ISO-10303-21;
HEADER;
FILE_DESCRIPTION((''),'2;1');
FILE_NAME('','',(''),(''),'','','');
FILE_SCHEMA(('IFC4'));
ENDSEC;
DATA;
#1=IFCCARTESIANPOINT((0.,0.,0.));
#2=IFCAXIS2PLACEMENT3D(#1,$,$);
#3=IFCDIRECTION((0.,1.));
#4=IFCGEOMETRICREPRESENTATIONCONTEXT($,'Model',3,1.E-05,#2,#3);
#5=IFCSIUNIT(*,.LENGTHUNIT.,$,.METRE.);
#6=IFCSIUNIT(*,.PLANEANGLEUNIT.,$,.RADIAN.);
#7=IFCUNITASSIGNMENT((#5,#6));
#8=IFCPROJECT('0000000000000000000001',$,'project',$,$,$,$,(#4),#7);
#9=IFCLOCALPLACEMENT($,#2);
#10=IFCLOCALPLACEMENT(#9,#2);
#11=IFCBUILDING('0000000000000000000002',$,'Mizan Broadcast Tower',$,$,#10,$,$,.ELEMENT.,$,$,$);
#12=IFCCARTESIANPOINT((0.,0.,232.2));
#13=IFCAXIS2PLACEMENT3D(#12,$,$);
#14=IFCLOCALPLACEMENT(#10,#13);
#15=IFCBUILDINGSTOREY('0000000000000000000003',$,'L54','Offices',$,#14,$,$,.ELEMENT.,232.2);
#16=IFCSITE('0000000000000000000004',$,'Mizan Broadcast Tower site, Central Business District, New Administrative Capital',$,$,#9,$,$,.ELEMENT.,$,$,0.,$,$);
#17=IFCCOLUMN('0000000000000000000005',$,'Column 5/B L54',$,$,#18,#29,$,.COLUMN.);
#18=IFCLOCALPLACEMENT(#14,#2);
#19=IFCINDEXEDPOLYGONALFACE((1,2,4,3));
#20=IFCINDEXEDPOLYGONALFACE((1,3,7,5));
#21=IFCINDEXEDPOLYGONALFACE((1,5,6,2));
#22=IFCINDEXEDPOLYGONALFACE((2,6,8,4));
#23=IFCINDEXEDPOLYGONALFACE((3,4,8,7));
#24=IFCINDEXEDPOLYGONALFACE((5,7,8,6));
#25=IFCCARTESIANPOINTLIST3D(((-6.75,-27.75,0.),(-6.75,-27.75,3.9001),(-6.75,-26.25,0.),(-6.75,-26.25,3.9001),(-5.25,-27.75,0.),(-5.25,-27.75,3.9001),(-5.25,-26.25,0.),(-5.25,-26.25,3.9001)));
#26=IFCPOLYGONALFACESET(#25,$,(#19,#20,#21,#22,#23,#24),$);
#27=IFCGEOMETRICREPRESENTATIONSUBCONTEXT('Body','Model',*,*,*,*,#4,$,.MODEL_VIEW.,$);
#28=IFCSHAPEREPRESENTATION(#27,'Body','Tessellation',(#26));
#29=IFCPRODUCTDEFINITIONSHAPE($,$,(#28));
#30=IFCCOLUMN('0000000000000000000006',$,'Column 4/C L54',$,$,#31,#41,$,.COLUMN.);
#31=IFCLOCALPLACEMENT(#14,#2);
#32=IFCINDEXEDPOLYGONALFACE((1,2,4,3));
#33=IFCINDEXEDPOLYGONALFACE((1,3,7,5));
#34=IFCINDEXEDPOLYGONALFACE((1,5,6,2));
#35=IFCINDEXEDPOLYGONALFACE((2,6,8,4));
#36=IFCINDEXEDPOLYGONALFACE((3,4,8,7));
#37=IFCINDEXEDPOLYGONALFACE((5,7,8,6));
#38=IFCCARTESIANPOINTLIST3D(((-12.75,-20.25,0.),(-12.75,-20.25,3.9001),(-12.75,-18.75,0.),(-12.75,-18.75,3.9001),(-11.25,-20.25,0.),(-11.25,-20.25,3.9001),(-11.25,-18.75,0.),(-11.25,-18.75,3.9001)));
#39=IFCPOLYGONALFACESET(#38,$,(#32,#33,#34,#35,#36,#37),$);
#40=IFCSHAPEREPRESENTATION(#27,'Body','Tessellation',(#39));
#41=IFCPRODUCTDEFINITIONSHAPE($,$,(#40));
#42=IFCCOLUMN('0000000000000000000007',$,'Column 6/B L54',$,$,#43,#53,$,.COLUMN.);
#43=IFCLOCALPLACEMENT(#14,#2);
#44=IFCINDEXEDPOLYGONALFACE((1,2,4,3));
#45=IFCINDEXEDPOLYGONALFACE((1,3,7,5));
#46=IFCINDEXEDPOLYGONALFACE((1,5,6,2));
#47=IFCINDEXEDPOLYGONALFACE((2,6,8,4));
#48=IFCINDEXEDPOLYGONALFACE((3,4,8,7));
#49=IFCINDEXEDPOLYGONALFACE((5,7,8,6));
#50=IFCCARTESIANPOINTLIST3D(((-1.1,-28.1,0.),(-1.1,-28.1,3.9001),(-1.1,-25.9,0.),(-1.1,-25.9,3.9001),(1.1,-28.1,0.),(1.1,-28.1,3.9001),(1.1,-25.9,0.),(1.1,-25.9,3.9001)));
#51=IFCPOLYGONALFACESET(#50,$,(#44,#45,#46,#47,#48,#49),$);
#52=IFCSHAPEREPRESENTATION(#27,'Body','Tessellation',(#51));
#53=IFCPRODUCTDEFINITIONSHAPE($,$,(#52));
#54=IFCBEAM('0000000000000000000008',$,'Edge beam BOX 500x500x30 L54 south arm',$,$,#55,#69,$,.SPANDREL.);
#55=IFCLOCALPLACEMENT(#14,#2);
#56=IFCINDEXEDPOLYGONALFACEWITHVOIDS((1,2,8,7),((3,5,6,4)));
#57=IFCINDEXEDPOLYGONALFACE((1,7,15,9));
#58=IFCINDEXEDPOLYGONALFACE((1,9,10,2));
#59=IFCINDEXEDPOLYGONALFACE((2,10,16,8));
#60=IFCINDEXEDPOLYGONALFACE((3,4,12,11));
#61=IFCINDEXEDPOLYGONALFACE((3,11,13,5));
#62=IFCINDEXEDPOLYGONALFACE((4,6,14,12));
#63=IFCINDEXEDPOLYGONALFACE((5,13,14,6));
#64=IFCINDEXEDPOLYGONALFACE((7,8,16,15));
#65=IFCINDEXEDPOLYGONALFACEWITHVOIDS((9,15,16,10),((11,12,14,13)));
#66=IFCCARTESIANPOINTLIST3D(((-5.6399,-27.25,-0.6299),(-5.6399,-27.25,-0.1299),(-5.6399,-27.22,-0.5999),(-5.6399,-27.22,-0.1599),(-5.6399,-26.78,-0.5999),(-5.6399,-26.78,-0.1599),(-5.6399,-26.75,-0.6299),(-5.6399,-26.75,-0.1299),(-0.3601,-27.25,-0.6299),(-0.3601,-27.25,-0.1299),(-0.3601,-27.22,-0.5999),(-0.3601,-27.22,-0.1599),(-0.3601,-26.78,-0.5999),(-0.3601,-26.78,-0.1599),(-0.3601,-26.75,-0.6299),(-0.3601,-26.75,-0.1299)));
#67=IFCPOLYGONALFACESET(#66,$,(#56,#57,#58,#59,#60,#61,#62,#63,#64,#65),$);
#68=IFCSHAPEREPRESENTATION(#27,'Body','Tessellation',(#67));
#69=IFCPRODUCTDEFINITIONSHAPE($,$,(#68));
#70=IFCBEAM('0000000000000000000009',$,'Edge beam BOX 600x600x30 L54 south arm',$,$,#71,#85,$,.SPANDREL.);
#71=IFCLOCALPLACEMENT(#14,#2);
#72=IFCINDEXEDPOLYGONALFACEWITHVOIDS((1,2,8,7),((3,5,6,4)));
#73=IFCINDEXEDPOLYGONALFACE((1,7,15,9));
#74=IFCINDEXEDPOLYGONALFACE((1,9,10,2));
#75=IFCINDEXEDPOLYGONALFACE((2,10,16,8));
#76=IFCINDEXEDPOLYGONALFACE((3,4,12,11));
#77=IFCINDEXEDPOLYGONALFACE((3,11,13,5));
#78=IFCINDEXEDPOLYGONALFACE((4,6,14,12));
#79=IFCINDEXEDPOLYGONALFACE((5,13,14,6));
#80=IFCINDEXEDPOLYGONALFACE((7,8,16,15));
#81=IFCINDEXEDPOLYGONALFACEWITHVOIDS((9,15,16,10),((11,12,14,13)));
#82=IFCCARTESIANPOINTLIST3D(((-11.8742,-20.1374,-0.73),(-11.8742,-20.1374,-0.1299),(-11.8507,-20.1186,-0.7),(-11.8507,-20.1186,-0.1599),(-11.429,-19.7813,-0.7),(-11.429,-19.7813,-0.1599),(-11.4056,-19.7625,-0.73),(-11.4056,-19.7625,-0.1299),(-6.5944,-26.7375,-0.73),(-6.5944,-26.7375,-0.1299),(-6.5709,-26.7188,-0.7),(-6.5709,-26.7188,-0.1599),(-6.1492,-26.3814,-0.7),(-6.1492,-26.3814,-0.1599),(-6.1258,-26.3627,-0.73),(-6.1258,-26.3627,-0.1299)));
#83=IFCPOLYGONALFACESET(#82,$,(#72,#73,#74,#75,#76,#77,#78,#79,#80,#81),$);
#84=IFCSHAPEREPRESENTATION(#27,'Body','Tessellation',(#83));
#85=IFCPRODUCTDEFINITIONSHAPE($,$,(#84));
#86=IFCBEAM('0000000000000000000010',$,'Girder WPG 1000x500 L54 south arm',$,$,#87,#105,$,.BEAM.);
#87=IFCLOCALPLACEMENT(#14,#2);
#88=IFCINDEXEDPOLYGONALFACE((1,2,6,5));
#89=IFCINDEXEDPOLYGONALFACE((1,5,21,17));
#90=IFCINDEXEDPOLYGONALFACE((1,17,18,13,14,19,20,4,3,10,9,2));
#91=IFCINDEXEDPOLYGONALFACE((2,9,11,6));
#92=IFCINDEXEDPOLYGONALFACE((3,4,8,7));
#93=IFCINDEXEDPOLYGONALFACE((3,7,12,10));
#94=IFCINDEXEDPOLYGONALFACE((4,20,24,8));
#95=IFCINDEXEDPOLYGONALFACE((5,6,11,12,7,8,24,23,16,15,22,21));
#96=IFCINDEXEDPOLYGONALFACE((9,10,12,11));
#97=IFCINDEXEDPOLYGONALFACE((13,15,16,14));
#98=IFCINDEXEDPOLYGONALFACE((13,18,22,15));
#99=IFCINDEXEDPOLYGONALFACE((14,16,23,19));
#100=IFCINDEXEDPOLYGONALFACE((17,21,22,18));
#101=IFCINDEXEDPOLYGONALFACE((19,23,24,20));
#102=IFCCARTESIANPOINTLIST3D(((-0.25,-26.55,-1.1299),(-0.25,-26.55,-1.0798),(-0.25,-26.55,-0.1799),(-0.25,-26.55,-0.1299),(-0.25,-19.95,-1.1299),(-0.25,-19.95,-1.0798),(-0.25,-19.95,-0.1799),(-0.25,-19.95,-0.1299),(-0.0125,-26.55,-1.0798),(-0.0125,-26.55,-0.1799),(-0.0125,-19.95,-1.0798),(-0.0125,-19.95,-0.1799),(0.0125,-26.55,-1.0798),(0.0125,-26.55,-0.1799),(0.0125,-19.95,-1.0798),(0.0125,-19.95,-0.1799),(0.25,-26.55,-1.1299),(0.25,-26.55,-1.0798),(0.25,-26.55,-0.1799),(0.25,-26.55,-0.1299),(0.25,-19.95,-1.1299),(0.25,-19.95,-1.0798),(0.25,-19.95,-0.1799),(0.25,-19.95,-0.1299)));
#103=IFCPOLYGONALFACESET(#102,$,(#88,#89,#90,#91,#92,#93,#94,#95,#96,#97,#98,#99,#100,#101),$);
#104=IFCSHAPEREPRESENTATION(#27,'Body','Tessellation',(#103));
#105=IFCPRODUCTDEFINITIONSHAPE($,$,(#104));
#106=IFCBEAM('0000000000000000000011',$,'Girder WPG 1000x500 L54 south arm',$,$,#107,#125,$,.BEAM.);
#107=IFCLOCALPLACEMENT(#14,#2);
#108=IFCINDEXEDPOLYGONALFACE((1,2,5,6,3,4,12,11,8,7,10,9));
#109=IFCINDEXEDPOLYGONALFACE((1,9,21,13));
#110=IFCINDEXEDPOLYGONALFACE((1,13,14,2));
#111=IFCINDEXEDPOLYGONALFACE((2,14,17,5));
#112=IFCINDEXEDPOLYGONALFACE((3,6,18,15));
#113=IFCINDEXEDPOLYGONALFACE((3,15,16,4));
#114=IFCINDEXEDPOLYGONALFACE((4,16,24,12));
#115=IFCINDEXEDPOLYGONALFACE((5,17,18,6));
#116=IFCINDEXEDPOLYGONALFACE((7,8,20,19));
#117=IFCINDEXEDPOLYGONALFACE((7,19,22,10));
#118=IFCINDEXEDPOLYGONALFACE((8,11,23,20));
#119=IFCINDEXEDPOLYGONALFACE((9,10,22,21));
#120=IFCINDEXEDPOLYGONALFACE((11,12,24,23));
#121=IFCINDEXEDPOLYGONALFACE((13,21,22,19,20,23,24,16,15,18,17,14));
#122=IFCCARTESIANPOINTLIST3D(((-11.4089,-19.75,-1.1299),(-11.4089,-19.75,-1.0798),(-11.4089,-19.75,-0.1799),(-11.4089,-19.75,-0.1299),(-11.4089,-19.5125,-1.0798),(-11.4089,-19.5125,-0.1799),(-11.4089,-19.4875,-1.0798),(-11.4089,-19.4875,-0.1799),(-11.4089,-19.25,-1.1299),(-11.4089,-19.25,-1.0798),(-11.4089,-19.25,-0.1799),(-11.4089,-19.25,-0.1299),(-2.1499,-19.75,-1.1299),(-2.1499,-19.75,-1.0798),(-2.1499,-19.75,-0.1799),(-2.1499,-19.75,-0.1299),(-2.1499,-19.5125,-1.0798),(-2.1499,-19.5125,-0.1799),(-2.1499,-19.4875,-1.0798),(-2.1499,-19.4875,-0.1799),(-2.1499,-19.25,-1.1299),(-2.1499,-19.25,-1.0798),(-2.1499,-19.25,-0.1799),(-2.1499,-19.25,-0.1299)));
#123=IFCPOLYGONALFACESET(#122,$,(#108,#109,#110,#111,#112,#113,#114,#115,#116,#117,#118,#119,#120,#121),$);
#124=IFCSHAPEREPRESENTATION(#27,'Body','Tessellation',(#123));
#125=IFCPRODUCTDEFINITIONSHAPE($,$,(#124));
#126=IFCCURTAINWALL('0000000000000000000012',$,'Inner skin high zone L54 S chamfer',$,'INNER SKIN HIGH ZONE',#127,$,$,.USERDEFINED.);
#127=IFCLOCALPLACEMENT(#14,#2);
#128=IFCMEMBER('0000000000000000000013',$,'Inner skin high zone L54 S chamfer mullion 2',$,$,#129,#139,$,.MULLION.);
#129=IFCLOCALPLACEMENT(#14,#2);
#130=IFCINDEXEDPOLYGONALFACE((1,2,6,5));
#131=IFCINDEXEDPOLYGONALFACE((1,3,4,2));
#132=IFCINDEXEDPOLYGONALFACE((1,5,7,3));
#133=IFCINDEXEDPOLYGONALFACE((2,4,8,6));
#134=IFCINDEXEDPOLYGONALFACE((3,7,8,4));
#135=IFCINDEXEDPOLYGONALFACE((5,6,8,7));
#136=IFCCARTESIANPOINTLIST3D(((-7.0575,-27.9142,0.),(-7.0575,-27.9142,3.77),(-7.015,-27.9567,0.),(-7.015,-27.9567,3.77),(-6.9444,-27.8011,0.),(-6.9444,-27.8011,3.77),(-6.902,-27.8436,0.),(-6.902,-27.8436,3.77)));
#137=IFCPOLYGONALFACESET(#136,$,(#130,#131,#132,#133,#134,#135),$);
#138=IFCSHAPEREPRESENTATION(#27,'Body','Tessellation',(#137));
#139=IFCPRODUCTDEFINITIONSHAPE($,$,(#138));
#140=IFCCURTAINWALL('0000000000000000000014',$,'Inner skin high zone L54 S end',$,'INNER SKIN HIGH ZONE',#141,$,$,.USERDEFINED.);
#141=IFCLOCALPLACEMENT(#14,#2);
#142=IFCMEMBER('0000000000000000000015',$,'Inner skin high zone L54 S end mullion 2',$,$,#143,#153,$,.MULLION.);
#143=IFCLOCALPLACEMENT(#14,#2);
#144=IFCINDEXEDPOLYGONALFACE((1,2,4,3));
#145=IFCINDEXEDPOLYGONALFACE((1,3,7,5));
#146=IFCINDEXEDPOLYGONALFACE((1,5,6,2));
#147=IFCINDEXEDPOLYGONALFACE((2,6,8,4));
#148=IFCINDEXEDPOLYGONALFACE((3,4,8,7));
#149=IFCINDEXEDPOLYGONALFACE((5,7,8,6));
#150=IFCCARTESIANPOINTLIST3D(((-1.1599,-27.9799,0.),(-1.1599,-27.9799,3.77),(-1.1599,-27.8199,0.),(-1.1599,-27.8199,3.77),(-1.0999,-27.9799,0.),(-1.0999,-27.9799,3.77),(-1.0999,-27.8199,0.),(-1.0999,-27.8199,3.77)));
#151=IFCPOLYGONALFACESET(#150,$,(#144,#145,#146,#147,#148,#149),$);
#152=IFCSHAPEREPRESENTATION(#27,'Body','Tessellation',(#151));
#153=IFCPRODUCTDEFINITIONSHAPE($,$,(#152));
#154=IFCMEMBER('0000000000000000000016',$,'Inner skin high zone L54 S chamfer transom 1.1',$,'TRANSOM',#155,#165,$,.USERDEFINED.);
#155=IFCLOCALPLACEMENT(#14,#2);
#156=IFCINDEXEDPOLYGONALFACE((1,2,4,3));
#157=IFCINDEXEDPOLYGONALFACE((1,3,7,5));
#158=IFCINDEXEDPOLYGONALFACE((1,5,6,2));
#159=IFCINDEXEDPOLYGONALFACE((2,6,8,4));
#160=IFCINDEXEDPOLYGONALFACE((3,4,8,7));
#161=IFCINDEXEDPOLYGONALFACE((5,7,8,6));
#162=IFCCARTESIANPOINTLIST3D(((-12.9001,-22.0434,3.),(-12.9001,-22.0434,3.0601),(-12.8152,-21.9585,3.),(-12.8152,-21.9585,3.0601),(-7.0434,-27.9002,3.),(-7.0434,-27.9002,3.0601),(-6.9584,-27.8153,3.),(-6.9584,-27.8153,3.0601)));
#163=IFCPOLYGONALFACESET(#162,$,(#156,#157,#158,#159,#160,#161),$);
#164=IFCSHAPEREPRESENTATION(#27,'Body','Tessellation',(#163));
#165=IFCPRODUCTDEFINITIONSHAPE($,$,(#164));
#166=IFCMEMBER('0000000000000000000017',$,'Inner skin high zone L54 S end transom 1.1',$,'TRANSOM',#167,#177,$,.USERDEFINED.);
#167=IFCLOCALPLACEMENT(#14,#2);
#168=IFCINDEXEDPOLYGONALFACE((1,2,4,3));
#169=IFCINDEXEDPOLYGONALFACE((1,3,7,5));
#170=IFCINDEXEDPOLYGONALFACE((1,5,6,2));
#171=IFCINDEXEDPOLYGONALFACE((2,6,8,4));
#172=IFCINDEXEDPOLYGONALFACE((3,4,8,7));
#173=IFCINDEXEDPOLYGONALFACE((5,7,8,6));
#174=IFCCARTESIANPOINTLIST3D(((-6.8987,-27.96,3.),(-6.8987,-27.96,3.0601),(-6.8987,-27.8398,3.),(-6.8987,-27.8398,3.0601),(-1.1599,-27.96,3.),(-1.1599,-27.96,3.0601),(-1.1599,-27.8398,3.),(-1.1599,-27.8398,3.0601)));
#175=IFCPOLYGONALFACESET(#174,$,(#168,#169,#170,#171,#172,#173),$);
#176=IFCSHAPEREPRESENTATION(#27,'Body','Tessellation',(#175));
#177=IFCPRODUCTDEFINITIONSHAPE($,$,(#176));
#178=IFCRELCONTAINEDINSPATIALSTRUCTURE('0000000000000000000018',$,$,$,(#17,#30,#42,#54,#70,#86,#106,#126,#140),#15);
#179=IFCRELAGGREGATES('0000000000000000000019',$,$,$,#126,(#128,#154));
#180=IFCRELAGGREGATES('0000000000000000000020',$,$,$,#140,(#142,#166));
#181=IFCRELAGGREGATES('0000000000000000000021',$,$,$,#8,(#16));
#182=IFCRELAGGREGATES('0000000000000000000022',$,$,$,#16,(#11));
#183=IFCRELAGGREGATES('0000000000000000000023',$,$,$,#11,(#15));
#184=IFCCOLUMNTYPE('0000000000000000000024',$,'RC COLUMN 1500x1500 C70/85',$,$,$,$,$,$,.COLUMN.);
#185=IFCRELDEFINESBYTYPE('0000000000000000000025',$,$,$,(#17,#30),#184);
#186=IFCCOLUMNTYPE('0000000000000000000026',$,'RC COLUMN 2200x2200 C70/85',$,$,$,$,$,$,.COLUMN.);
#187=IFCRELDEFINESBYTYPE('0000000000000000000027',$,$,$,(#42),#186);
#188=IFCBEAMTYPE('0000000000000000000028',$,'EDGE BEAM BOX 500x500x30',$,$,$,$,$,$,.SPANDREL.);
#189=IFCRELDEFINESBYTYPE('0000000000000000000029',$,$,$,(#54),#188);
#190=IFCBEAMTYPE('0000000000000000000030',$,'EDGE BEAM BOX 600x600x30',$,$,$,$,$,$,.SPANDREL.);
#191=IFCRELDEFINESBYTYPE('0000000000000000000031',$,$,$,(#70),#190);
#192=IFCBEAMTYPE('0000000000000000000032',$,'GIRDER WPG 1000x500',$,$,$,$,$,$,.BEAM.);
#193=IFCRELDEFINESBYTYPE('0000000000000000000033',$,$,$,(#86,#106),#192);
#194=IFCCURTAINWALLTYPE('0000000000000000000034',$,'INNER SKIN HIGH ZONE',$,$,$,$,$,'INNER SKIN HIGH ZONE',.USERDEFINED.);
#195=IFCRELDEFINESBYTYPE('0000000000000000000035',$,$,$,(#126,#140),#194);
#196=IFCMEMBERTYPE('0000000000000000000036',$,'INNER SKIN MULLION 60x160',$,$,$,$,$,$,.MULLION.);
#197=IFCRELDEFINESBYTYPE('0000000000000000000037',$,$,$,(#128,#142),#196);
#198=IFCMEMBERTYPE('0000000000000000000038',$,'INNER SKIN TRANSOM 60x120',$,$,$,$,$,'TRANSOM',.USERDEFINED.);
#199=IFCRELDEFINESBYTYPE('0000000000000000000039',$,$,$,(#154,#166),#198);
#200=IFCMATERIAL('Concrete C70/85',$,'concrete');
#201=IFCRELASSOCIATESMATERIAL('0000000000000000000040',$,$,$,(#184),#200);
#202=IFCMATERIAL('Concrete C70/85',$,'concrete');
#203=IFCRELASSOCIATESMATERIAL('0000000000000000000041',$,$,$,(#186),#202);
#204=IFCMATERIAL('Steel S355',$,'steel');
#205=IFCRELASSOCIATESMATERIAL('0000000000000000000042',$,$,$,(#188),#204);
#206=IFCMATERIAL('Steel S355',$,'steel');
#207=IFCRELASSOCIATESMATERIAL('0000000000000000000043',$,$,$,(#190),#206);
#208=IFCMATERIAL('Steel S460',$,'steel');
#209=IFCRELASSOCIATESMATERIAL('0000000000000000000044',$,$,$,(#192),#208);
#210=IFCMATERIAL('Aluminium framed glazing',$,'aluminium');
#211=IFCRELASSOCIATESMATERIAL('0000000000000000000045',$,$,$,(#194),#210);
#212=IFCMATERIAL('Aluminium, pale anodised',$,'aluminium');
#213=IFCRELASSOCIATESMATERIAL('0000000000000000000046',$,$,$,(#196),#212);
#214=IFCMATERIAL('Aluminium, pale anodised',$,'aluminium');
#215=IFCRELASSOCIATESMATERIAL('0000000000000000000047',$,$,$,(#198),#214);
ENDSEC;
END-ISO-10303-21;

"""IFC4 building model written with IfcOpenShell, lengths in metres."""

from ifc_helpers import new_model, si_unit, direction, frame, origin, origin_2d, place, context, subcontext, project, spatial, rectangle, hollow_rectangle, i_section, extrude, material, material_profile, profile_set, type_object, element, aggregate, save


model = new_model("IFC4")

# Units and contexts
model_context = context("Model", 3, precision=1e-05, world=origin(), true_north=direction((0.0, 1.0)))
body_context = subcontext(model_context, "Body", "Model", "MODEL_VIEW")
ifc_project = project(units=[si_unit("LENGTHUNIT", "METRE"), si_unit("PLANEANGLEUNIT", "RADIAN")], contexts=[model_context])

# Site, building, storey
site_placement = place(None, origin())
site = spatial("IfcSite", under=ifc_project, at=site_placement, Name="Mizan Broadcast Tower site, Central Business District, New Administrative Capital", CompositionType="ELEMENT", RefElevation=0.0)
building_placement = place(site_placement, origin())
building = spatial("IfcBuilding", under=site, at=building_placement, Name="Mizan Broadcast Tower", CompositionType="ELEMENT")
storey_placement = place(building_placement, frame((0.0, 0.0, 232.2)))
storey = spatial("IfcBuildingStorey", under=building, at=storey_placement, Name="L54", Description="Offices", CompositionType="ELEMENT", Elevation=232.2)

# Columns
ifc_material_1 = material(Name="Concrete C70/85", Category="concrete")
ifc_material_profile_1 = material_profile(ifc_material_1, rectangle(XDim=1.5, YDim=1.5, at=origin_2d()), Name="RC 1500x1500")
ifc_profile_set_1 = profile_set([ifc_material_profile_1], Name="Concrete C70/85")
column_type_1 = type_object("IfcColumnType", Name="RC COLUMN 1500x1500 C70/85", PredefinedType="COLUMN", material=ifc_profile_set_1)
for number, where, z_axis, x_axis, name in (
    (1, (-6.0, -27.0, 0.0), (0.0, 0.0, 1.0), (1.0, 0.0, 0.0), "Column 5/B L54"),
    (2, (-12.0, -19.5, 0.0), (0.0, 0.0, 1.0), (1.0, 0.0, 0.0), "Column 4/C L54"),
):
    element("IfcColumn", number, at=place(storey_placement, frame(where, z_axis=z_axis, x_axis=x_axis)), inside=storey, type_object=column_type_1, Name=name, PredefinedType="COLUMN", context=body_context, shape_type="SweptSolid", body=[
        extrude(rectangle(XDim=1.5, YDim=1.5, at=origin_2d()), origin(), (0.0, 0.0, 1.0), 3.9001),
    ])
ifc_material_2 = material(Name="Concrete C70/85", Category="concrete")
ifc_material_profile_2 = material_profile(ifc_material_2, rectangle(XDim=2.2, YDim=2.2, at=origin_2d()), Name="RC 2200x2200")
ifc_profile_set_2 = profile_set([ifc_material_profile_2], Name="Concrete C70/85")
column_type_2 = type_object("IfcColumnType", Name="RC COLUMN 2200x2200 C70/85", PredefinedType="COLUMN", material=ifc_profile_set_2)
column_placement = place(storey_placement, frame((0.0, -27.0, 0.0), z_axis=(0.0, 0.0, 1.0), x_axis=(1.0, 0.0, 0.0)))
element("IfcColumn", 3, at=column_placement, inside=storey, type_object=column_type_2, Name="Column 6/B L54", PredefinedType="COLUMN", context=body_context, shape_type="SweptSolid", body=[
    extrude(rectangle(XDim=2.2, YDim=2.2, at=origin_2d()), origin(), (0.0, 0.0, 1.0), 3.9001),
])

# Beams
ifc_material_3 = material(Name="Steel S355", Category="steel")
ifc_material_profile_3 = material_profile(ifc_material_3, hollow_rectangle(XDim=0.5, YDim=0.5, WallThickness=0.03, at=origin_2d()), Name="BOX 500x500x30")
ifc_profile_set_3 = profile_set([ifc_material_profile_3], Name="Steel S355")
beam_type_1 = type_object("IfcBeamType", Name="EDGE BEAM BOX 500x500x30", PredefinedType="SPANDREL", material=ifc_profile_set_3)
beam_1_placement = place(storey_placement, frame((-5.6399, -27.0, -0.3799), z_axis=(1.0, 0.0, 0.0), x_axis=(0.0, 1.0, 0.0)))
element("IfcBeam", 4, at=beam_1_placement, inside=storey, type_object=beam_type_1, Name="Edge beam BOX 500x500x30 L54 south arm", PredefinedType="SPANDREL", context=body_context, shape_type="SweptSolid", body=[
    extrude(hollow_rectangle(XDim=0.5, YDim=0.5, WallThickness=0.03, at=origin_2d()), origin(), (0.0, 0.0, 1.0), 5.2798),
])
ifc_material_4 = material(Name="Steel S355", Category="steel")
ifc_material_profile_4 = material_profile(ifc_material_4, hollow_rectangle(XDim=0.6001, YDim=0.6001, WallThickness=0.03, at=origin_2d()), Name="BOX 600x600x30")
ifc_profile_set_4 = profile_set([ifc_material_profile_4], Name="Steel S355")
beam_type_2 = type_object("IfcBeamType", Name="EDGE BEAM BOX 600x600x30", PredefinedType="SPANDREL", material=ifc_profile_set_4)
beam_2_placement = place(storey_placement, frame((-11.6399, -19.95, -0.4299), z_axis=(0.624674, -0.780886, 0.0), x_axis=(0.780886, 0.624674, 0.0)))
element("IfcBeam", 5, at=beam_2_placement, inside=storey, type_object=beam_type_2, Name="Edge beam BOX 600x600x30 L54 south arm", PredefinedType="SPANDREL", context=body_context, shape_type="SweptSolid", body=[
    extrude(hollow_rectangle(XDim=0.6001, YDim=0.6001, WallThickness=0.03, at=origin_2d()), origin(), (0.0, 0.0, 1.0), 8.4521),
])
ifc_material_5 = material(Name="Steel S460", Category="steel")
ifc_material_profile_5 = material_profile(ifc_material_5, i_section(OverallWidth=0.5, OverallDepth=1.0, WebThickness=0.0249, FlangeThickness=0.05, at=origin_2d()), Name="WPG 1000x500")
ifc_profile_set_5 = profile_set([ifc_material_profile_5], Name="Steel S460")
beam_type_3 = type_object("IfcBeamType", Name="GIRDER WPG 1000x500", PredefinedType="BEAM", material=ifc_profile_set_5)
beam_3_placement = place(storey_placement, frame((0.0, -19.95, -0.6299), z_axis=(0.0, -1.0, 0.0), x_axis=(1.0, 0.0, 0.0)))
element("IfcBeam", 6, at=beam_3_placement, inside=storey, type_object=beam_type_3, Name="Girder WPG 1000x500 L54 south arm", PredefinedType="BEAM", context=body_context, shape_type="SweptSolid", body=[
    extrude(i_section(OverallWidth=0.5, OverallDepth=1.0, WebThickness=0.0249, FlangeThickness=0.05, at=origin_2d()), origin(), (0.0, 0.0, 1.0), 6.6001),
])
beam_4_placement = place(storey_placement, frame((-11.4089, -19.5, -0.6299), z_axis=(1.0, 0.0, 0.0), x_axis=(0.0, 1.0, 0.0)))
element("IfcBeam", 7, at=beam_4_placement, inside=storey, type_object=beam_type_3, Name="Girder WPG 1000x500 L54 south arm", PredefinedType="BEAM", context=body_context, shape_type="SweptSolid", body=[
    extrude(i_section(OverallWidth=0.5, OverallDepth=1.0, WebThickness=0.0249, FlangeThickness=0.05, at=origin_2d()), origin(), (0.0, 0.0, 1.0), 9.259),
])

# Curtain walls, members
ifc_material_6 = material(Name="Aluminium framed glazing", Category="aluminium")
curtain_wall_type_1 = type_object("IfcCurtainWallType", Name="INNER SKIN HIGH ZONE", ElementType="INNER SKIN HIGH ZONE", PredefinedType="USERDEFINED", material=ifc_material_6)
curtain_wall_1_placement = place(storey_placement, origin())
curtain_wall_1 = element("IfcCurtainWall", 8, at=curtain_wall_1_placement, inside=storey, type_object=curtain_wall_type_1, Name="Inner skin high zone L54 S chamfer", ObjectType="INNER SKIN HIGH ZONE", PredefinedType="USERDEFINED")
ifc_material_7 = material(Name="Aluminium, pale anodised", Category="aluminium")
ifc_material_profile_6 = material_profile(ifc_material_7, rectangle(XDim=0.1599, YDim=0.0601, at=origin_2d()), Name="MULLION 160x60")
ifc_profile_set_6 = profile_set([ifc_material_profile_6], Name="Aluminium, pale anodised")
member_type_1 = type_object("IfcMemberType", Name="INNER SKIN MULLION 60x160", PredefinedType="MULLION", material=ifc_profile_set_6)
member_1_placement = place(storey_placement, frame((-6.9797, -27.8789, 0.0), z_axis=(0.0, 0.0, 1.0), x_axis=(0.707107, 0.707107, 0.0)))
member_1 = element("IfcMember", 9, at=member_1_placement, type_object=member_type_1, Name="Inner skin high zone L54 S chamfer mullion 2", PredefinedType="MULLION", context=body_context, shape_type="SweptSolid", body=[
    extrude(rectangle(XDim=0.1599, YDim=0.0601, at=origin_2d()), origin(), (0.0, 0.0, 1.0), 3.77),
])
curtain_wall_2_placement = place(storey_placement, origin())
curtain_wall_2 = element("IfcCurtainWall", 10, at=curtain_wall_2_placement, inside=storey, type_object=curtain_wall_type_1, Name="Inner skin high zone L54 S end", ObjectType="INNER SKIN HIGH ZONE", PredefinedType="USERDEFINED")
member_2_placement = place(storey_placement, frame((-1.1299, -27.8999, 0.0), z_axis=(0.0, 0.0, 1.0), x_axis=(0.0, 1.0, 0.0)))
member_2 = element("IfcMember", 11, at=member_2_placement, type_object=member_type_1, Name="Inner skin high zone L54 S end mullion 2", PredefinedType="MULLION", context=body_context, shape_type="SweptSolid", body=[
    extrude(rectangle(XDim=0.1599, YDim=0.0601, at=origin_2d()), origin(), (0.0, 0.0, 1.0), 3.77),
])

# Members
ifc_material_8 = material(Name="Aluminium, pale anodised", Category="aluminium")
ifc_material_profile_7 = material_profile(ifc_material_8, rectangle(XDim=0.1201, YDim=0.0601, at=origin_2d()), Name="TRANSOM 120x60")
ifc_profile_set_7 = profile_set([ifc_material_profile_7], Name="Aluminium, pale anodised")
member_type_2 = type_object("IfcMemberType", Name="INNER SKIN TRANSOM 60x120", ElementType="TRANSOM", PredefinedType="USERDEFINED", material=ifc_profile_set_7)
member_3_placement = place(storey_placement, frame((-12.8577, -22.001, 3.03), z_axis=(0.707107, -0.707107, 0.0), x_axis=(0.707107, 0.707107, 0.0)))
member_3 = element("IfcMember", 12, at=member_3_placement, type_object=member_type_2, Name="Inner skin high zone L54 S chamfer transom 1.1", ObjectType="TRANSOM", PredefinedType="USERDEFINED", context=body_context, shape_type="SweptSolid", body=[
    extrude(rectangle(XDim=0.1201, YDim=0.0601, at=origin_2d()), origin(), (0.0, 0.0, 1.0), 8.2827),
])
member_4_placement = place(storey_placement, frame((-6.8987, -27.8999, 3.03), z_axis=(1.0, 0.0, 0.0), x_axis=(0.0, 1.0, 0.0)))
member_4 = element("IfcMember", 13, at=member_4_placement, type_object=member_type_2, Name="Inner skin high zone L54 S end transom 1.1", ObjectType="TRANSOM", PredefinedType="USERDEFINED", context=body_context, shape_type="SweptSolid", body=[
    extrude(rectangle(XDim=0.1201, YDim=0.0601, at=origin_2d()), origin(), (0.0, 0.0, 1.0), 5.7388),
])

aggregate(curtain_wall_1, [member_1, member_3])
aggregate(curtain_wall_2, [member_2, member_4])

save(model, "model.ifc")
